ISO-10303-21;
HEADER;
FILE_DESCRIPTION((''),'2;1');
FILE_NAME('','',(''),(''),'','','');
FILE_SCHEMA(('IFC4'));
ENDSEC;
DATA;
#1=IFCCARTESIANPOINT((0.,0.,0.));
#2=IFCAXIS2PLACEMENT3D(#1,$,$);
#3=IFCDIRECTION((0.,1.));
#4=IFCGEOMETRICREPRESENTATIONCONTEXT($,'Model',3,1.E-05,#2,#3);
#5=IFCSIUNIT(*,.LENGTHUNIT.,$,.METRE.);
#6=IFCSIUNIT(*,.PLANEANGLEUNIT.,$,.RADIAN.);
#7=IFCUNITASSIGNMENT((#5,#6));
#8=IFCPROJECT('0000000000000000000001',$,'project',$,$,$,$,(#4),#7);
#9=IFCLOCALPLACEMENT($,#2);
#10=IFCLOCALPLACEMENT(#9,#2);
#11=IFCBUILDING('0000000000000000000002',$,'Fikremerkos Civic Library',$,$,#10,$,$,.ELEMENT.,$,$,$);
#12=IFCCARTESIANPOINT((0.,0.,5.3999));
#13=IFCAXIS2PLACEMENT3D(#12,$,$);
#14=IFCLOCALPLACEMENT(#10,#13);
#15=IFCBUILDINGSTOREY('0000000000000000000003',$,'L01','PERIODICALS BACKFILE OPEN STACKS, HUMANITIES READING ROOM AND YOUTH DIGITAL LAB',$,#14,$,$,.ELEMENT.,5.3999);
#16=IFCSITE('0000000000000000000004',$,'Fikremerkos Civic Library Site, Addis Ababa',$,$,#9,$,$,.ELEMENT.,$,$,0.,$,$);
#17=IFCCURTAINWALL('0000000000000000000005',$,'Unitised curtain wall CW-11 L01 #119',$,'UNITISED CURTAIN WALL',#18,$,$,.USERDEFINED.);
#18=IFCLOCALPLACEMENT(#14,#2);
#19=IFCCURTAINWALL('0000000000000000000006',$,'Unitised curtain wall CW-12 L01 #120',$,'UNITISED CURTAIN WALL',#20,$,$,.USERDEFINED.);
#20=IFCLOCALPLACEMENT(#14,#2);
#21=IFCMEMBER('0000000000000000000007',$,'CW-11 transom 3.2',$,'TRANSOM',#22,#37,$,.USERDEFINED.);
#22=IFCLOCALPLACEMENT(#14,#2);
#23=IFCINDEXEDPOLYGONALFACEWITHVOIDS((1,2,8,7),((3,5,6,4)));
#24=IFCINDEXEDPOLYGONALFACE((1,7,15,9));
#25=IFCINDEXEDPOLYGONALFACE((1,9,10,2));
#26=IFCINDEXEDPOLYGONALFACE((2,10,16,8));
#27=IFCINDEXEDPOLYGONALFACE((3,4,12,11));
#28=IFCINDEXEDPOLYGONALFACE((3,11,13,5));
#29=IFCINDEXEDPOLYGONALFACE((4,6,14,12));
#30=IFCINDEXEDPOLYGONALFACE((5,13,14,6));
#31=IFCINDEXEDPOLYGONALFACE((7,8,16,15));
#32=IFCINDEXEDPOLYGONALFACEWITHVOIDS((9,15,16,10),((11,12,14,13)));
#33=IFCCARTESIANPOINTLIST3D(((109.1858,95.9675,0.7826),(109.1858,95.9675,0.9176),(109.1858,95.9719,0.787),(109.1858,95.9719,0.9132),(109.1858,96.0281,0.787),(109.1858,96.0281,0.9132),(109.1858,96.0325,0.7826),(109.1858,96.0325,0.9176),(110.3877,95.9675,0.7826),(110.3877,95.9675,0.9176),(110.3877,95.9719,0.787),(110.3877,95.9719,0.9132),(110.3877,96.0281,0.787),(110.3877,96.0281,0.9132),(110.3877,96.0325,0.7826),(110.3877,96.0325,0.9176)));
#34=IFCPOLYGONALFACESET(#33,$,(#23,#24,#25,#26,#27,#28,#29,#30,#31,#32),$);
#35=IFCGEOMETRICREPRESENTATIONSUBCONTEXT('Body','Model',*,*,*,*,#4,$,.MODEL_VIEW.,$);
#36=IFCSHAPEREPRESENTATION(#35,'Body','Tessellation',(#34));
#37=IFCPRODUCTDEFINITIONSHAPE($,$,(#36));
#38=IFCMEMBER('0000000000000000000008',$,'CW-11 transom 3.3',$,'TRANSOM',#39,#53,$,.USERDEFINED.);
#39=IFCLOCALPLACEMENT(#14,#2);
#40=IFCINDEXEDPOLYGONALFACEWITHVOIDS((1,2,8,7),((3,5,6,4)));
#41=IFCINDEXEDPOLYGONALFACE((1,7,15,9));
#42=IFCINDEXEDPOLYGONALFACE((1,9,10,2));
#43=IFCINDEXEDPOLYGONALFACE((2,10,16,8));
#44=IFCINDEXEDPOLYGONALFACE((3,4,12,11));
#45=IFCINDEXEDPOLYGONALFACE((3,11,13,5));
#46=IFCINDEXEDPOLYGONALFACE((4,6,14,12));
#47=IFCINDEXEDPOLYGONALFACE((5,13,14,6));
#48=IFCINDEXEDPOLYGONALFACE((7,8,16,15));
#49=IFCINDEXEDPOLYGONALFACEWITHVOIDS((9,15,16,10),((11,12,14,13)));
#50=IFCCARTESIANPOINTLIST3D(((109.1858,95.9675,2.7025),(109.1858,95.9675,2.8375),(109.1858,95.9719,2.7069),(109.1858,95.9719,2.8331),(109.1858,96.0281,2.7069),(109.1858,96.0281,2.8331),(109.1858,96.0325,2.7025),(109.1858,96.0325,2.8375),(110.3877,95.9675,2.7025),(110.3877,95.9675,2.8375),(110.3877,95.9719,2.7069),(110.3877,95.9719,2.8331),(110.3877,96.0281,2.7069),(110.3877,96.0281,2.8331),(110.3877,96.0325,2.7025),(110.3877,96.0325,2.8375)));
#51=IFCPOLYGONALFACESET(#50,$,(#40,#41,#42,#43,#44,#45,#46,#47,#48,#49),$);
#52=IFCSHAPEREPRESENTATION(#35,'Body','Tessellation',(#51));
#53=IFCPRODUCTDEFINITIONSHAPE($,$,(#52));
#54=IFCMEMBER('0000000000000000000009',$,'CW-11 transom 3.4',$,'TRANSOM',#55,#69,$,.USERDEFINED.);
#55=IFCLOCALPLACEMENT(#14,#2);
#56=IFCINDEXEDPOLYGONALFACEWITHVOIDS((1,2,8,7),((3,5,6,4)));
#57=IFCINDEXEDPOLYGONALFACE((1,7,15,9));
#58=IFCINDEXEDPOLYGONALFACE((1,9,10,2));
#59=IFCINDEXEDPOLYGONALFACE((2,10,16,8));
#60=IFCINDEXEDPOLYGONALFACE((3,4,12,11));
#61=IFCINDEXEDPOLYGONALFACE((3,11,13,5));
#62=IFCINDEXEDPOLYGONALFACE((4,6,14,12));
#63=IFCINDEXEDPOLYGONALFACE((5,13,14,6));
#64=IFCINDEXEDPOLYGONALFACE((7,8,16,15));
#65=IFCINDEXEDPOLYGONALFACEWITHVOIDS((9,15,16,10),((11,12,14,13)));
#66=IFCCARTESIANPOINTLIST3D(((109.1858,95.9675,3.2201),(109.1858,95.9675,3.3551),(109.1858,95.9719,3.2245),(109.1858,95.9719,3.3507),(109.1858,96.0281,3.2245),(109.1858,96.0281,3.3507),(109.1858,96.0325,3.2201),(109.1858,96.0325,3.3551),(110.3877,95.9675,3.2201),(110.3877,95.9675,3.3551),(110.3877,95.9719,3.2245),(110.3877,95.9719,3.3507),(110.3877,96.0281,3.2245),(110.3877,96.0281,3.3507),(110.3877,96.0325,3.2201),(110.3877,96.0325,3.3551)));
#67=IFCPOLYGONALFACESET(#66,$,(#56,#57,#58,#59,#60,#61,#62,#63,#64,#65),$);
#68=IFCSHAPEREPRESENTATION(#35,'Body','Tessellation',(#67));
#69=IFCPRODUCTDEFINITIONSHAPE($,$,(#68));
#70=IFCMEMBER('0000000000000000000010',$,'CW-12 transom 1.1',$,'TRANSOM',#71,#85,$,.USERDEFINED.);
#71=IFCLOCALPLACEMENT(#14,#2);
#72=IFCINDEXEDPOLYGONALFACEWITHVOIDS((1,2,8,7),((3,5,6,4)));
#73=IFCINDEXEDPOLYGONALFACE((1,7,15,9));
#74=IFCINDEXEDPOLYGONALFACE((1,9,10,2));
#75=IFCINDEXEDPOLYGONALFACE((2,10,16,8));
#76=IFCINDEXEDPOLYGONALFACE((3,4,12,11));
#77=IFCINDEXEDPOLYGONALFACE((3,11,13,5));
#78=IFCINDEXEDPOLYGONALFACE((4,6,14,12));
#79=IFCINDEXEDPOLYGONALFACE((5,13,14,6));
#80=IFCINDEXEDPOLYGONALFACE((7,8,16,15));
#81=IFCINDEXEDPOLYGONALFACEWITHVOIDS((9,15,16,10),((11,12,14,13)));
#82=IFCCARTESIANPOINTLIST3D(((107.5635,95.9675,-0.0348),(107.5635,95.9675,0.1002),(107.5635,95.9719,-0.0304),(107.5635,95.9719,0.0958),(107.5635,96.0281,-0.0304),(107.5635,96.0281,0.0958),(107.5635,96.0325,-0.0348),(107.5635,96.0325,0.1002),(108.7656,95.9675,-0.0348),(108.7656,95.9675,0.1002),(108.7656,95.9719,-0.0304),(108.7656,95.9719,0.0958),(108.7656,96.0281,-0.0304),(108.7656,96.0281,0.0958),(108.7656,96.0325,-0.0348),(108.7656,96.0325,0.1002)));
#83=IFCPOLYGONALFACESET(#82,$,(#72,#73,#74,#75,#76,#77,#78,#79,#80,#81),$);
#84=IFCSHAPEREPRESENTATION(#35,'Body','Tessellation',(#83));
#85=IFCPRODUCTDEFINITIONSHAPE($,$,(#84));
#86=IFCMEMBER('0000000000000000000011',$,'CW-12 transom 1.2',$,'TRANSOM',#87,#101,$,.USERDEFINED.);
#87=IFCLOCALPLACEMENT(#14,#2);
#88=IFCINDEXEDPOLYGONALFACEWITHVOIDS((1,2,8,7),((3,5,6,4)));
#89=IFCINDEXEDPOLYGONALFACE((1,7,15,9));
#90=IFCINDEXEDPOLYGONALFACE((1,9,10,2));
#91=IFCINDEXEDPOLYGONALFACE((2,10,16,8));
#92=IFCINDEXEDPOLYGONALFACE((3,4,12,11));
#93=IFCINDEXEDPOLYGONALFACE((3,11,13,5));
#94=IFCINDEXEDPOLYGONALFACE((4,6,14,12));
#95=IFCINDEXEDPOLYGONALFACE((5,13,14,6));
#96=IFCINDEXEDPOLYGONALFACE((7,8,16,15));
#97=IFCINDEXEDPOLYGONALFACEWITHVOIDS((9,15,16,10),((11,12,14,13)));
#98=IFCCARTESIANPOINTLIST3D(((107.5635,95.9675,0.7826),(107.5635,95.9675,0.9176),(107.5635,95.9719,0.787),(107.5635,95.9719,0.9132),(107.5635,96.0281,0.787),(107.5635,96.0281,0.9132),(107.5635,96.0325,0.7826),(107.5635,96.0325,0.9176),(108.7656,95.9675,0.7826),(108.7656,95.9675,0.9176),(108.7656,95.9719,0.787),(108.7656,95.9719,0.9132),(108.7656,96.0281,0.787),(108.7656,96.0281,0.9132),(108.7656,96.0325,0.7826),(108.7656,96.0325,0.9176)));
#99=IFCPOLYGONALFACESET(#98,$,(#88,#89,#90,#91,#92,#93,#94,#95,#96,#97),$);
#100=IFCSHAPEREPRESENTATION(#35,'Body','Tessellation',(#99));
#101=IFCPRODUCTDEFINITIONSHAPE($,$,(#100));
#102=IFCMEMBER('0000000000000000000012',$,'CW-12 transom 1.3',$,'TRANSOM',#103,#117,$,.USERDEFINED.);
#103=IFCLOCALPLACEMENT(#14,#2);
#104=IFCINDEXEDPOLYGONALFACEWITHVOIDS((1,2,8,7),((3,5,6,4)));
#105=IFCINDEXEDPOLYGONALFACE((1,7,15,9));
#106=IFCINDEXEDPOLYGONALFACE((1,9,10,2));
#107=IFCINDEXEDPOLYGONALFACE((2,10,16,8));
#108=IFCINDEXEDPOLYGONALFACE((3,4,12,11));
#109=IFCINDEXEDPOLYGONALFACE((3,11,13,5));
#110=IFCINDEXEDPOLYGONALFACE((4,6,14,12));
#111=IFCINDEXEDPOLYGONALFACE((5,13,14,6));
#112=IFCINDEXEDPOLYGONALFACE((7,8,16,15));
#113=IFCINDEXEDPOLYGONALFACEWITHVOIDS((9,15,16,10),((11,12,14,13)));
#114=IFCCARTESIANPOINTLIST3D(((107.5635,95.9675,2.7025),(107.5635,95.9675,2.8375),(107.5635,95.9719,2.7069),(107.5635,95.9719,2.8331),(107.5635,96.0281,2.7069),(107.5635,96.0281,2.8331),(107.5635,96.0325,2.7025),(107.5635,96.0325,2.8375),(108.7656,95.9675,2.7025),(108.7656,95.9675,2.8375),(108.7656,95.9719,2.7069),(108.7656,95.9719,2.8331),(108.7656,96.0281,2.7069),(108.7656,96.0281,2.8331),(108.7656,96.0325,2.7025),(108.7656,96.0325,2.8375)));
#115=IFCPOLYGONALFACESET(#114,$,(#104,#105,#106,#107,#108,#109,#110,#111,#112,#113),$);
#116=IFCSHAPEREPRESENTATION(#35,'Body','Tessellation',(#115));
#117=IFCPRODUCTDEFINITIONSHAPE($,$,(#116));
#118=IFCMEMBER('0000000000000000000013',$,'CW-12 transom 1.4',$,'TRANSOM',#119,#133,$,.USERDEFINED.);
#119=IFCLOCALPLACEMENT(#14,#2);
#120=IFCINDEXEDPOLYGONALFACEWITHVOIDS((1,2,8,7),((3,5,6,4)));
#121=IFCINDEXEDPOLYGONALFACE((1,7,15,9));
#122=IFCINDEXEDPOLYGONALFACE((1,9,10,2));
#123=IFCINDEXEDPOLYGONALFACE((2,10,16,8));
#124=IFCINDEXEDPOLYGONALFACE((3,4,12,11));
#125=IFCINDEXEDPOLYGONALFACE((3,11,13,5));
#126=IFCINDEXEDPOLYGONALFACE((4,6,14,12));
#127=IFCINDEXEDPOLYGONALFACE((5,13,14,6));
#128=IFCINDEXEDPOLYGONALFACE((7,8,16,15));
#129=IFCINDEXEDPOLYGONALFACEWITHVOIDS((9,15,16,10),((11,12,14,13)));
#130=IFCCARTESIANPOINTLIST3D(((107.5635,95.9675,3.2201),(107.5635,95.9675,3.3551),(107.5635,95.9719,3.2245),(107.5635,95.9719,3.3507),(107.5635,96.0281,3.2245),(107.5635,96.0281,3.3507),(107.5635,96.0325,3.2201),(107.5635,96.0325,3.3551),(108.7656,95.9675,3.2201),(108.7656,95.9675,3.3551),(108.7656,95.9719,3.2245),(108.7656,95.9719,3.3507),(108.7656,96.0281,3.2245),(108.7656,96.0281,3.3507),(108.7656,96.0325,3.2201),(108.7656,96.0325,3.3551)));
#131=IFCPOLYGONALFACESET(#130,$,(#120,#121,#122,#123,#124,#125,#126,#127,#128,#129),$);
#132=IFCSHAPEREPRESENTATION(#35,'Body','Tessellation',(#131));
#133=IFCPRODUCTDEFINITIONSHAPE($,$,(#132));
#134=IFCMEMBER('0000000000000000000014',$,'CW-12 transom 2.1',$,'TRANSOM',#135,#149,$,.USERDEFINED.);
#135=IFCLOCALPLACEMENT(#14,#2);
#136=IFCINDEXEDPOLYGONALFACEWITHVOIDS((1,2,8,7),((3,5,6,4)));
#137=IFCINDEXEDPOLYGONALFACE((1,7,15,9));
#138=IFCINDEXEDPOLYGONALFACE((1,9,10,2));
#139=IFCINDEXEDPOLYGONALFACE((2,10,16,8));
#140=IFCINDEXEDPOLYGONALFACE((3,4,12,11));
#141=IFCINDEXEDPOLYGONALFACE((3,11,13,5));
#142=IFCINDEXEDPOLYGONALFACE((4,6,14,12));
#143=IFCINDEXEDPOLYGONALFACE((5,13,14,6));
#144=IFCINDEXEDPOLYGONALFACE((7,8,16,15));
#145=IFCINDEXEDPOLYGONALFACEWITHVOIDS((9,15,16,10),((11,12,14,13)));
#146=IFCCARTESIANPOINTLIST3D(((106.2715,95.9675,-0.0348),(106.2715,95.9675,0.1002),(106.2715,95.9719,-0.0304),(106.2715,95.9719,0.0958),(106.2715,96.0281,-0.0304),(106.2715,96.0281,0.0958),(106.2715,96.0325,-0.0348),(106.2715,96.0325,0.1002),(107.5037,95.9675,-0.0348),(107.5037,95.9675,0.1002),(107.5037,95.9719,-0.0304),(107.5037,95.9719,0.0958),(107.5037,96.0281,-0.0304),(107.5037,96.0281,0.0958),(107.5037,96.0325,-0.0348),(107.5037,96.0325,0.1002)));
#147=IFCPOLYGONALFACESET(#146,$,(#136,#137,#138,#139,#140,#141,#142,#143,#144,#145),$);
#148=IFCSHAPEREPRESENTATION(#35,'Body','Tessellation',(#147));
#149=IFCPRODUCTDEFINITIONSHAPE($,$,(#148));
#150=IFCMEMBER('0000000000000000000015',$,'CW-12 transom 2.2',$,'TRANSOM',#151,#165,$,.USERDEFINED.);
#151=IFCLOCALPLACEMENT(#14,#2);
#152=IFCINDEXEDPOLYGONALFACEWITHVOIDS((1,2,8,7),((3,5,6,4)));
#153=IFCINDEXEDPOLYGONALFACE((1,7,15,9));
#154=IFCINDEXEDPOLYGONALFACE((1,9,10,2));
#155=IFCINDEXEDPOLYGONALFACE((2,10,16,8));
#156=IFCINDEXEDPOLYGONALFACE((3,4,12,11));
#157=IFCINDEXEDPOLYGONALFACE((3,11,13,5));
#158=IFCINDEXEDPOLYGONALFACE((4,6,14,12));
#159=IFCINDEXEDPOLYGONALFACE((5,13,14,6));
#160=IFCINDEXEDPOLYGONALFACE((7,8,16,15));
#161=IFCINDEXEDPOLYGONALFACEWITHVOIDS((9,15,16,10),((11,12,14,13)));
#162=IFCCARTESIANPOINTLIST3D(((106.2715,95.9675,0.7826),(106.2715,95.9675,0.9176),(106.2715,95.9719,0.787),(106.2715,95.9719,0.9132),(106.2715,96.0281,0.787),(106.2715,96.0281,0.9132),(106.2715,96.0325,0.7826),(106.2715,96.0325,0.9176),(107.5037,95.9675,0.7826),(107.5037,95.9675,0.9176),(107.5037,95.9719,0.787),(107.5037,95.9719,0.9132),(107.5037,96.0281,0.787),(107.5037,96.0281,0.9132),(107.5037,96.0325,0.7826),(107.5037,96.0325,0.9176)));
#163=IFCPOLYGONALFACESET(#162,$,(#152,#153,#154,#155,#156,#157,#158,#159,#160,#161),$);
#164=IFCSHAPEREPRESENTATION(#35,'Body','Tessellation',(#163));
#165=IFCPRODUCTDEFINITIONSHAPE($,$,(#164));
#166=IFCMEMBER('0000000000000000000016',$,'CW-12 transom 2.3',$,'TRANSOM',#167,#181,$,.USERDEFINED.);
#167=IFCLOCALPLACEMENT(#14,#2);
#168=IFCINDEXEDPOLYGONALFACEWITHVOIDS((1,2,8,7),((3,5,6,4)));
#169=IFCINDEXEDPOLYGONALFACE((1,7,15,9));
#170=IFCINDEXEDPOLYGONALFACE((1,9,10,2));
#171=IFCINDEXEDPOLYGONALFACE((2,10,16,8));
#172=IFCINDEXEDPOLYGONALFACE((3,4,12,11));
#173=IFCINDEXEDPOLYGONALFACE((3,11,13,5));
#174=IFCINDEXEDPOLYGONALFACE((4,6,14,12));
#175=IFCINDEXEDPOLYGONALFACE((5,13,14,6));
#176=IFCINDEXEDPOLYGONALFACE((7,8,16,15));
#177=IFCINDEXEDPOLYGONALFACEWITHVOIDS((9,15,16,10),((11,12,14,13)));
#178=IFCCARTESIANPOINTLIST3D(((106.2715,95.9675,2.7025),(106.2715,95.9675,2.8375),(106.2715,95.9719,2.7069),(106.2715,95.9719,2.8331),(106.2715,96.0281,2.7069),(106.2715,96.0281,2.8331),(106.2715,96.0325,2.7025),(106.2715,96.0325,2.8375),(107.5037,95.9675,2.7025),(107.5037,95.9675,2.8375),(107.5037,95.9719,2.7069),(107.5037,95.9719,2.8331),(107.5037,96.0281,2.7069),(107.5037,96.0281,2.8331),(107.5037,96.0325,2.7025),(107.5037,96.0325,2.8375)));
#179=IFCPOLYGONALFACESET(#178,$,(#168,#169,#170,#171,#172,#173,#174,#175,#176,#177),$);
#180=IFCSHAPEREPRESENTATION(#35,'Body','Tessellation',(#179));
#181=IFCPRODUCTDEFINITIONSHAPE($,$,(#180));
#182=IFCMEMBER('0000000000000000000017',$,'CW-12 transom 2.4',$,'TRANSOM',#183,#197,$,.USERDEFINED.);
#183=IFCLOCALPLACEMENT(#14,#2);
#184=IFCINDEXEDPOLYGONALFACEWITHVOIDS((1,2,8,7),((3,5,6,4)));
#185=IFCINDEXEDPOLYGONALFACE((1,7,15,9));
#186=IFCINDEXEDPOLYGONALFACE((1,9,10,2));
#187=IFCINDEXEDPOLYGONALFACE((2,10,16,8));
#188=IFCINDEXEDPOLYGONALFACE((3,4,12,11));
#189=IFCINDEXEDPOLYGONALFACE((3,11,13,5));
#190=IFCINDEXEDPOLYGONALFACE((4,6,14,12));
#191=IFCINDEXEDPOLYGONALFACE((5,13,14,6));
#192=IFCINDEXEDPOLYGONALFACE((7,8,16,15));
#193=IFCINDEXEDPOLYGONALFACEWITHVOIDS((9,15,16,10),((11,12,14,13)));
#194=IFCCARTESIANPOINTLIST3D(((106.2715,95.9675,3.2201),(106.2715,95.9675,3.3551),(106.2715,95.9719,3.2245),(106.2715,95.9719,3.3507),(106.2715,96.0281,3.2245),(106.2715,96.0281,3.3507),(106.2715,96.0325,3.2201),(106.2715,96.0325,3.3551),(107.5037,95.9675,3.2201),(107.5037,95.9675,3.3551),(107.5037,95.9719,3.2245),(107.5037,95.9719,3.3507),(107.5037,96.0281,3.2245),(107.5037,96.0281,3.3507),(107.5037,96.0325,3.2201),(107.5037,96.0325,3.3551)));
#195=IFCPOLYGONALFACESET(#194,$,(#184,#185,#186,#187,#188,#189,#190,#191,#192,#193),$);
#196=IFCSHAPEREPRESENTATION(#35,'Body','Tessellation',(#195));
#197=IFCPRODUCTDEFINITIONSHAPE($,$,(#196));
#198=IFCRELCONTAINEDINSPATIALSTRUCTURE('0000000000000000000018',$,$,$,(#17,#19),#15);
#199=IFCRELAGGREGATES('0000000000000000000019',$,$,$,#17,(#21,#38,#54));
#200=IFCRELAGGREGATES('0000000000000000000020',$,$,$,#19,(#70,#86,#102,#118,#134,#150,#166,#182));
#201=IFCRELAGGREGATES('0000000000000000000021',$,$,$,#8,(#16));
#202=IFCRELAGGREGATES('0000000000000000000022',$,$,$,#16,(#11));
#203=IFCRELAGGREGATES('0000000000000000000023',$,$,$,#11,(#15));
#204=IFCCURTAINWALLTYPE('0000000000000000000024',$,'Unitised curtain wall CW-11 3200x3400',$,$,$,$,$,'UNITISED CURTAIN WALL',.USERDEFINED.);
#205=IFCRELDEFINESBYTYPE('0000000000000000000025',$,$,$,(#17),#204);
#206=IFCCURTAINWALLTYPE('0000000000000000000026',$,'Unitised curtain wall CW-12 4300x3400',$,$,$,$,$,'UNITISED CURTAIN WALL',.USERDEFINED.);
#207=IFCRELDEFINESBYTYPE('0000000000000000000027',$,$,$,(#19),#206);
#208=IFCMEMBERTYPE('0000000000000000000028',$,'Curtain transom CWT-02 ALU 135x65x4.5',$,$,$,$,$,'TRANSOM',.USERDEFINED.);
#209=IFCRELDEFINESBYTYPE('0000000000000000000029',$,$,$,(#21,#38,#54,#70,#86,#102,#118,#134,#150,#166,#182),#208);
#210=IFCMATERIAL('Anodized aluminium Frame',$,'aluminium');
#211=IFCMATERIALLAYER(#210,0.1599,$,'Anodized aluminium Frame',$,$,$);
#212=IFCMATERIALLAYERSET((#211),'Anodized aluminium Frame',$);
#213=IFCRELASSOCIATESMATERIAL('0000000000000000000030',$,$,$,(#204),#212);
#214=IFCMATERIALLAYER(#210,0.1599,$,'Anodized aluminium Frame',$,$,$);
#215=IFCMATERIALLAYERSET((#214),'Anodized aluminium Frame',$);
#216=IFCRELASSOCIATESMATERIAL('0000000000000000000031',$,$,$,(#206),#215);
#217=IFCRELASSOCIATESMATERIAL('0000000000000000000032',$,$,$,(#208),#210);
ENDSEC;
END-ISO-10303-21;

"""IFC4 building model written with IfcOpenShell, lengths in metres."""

from ifc_helpers import new_model, si_unit, direction, frame, origin, origin_2d, place, context, subcontext, project, spatial, hollow_rectangle, extrude, material, layer, layer_set, material_profile, profile_set, type_object, element, aggregate, save


model = new_model("IFC4")

# Units and contexts
model_context = context("Model", 3, precision=1e-05, world=origin(), true_north=direction((0.0, 1.0)))
body_context = subcontext(model_context, "Body", "Model", "MODEL_VIEW")
ifc_project = project(units=[si_unit("LENGTHUNIT", "METRE"), si_unit("PLANEANGLEUNIT", "RADIAN")], contexts=[model_context])

# Site, building, storey
site_placement = place(None, origin())
site = spatial("IfcSite", under=ifc_project, at=site_placement, Name="Fikremerkos Civic Library Site, Addis Ababa", CompositionType="ELEMENT", RefElevation=0.0)
building_placement = place(site_placement, origin())
building = spatial("IfcBuilding", under=site, at=building_placement, Name="Fikremerkos Civic Library", CompositionType="ELEMENT")
storey_placement = place(building_placement, frame((0.0, 0.0, 5.3999)))
storey = spatial("IfcBuildingStorey", under=building, at=storey_placement, Name="L01", Description="PERIODICALS BACKFILE OPEN STACKS, HUMANITIES READING ROOM AND YOUTH DIGITAL LAB", CompositionType="ELEMENT", Elevation=5.3999)

# Curtain walls
ifc_material_1 = material(Name="Anodized aluminium Frame", Category="aluminium")
ifc_layer_1 = layer(ifc_material_1, 0.1599, Name="Anodized aluminium Frame")
ifc_layer_set_1 = layer_set([ifc_layer_1], Name="Anodized aluminium Frame")
curtain_wall_type_1 = type_object("IfcCurtainWallType", Name="Unitised curtain wall CW-11 3200x3400", ElementType="UNITISED CURTAIN WALL", PredefinedType="USERDEFINED", material=ifc_layer_set_1)
curtain_wall_1_placement = place(storey_placement, origin())
curtain_wall_1 = element("IfcCurtainWall", 1, at=curtain_wall_1_placement, inside=storey, type_object=curtain_wall_type_1, Name="Unitised curtain wall CW-11 L01 #119", ObjectType="UNITISED CURTAIN WALL", PredefinedType="USERDEFINED")
ifc_layer_2 = layer(ifc_material_1, 0.1599, Name="Anodized aluminium Frame")
ifc_layer_set_2 = layer_set([ifc_layer_2], Name="Anodized aluminium Frame")
curtain_wall_type_2 = type_object("IfcCurtainWallType", Name="Unitised curtain wall CW-12 4300x3400", ElementType="UNITISED CURTAIN WALL", PredefinedType="USERDEFINED", material=ifc_layer_set_2)
curtain_wall_2_placement = place(storey_placement, origin())
curtain_wall_2 = element("IfcCurtainWall", 2, at=curtain_wall_2_placement, inside=storey, type_object=curtain_wall_type_2, Name="Unitised curtain wall CW-12 L01 #120", ObjectType="UNITISED CURTAIN WALL", PredefinedType="USERDEFINED")

# Members
ifc_material_profile_1 = material_profile(ifc_material_1, hollow_rectangle(XDim=0.0649, YDim=0.135, WallThickness=0.0044, at=origin_2d()), Name="ALU 135x65x4.5")
ifc_profile_set_1 = profile_set([ifc_material_profile_1], Name="Anodized aluminium Frame")
member_type_1 = type_object("IfcMemberType", Name="Curtain transom CWT-02 ALU 135x65x4.5", ElementType="TRANSOM", PredefinedType="USERDEFINED", material=ifc_profile_set_1)
member_1_placement = place(storey_placement, frame((110.3877, 96.0, 0.8501), z_axis=(-1.0, 0.0, 0.0), x_axis=(0.0, -1.0, 0.0)))
member_1 = element("IfcMember", 3, at=member_1_placement, type_object=member_type_1, Name="CW-11 transom 3.2", ObjectType="TRANSOM", PredefinedType="USERDEFINED", context=body_context, shape_type="SweptSolid", body=[
    extrude(hollow_rectangle(XDim=0.0649, YDim=0.135, WallThickness=0.0044, at=origin_2d()), origin(), (0.0, 0.0, 1.0), 1.2019),
])
member_2_placement = place(storey_placement, frame((110.3877, 96.0, 2.77), z_axis=(-1.0, 0.0, 0.0), x_axis=(0.0, -1.0, 0.0)))
member_2 = element("IfcMember", 4, at=member_2_placement, type_object=member_type_1, Name="CW-11 transom 3.3", ObjectType="TRANSOM", PredefinedType="USERDEFINED", context=body_context, shape_type="SweptSolid", body=[
    extrude(hollow_rectangle(XDim=0.0649, YDim=0.135, WallThickness=0.0044, at=origin_2d()), origin(), (0.0, 0.0, 1.0), 1.2019),
])
member_3_placement = place(storey_placement, frame((110.3877, 96.0, 3.2876), z_axis=(-1.0, 0.0, 0.0), x_axis=(0.0, -1.0, 0.0)))
member_3 = element("IfcMember", 5, at=member_3_placement, type_object=member_type_1, Name="CW-11 transom 3.4", ObjectType="TRANSOM", PredefinedType="USERDEFINED", context=body_context, shape_type="SweptSolid", body=[
    extrude(hollow_rectangle(XDim=0.0649, YDim=0.135, WallThickness=0.0044, at=origin_2d()), origin(), (0.0, 0.0, 1.0), 1.2019),
])
member_4_placement = place(storey_placement, frame((108.7656, 96.0, 0.0327), z_axis=(-1.0, 0.0, 0.0), x_axis=(0.0, -1.0, 0.0)))
member_4 = element("IfcMember", 6, at=member_4_placement, type_object=member_type_1, Name="CW-12 transom 1.1", ObjectType="TRANSOM", PredefinedType="USERDEFINED", context=body_context, shape_type="SweptSolid", body=[
    extrude(hollow_rectangle(XDim=0.0649, YDim=0.135, WallThickness=0.0044, at=origin_2d()), origin(), (0.0, 0.0, 1.0), 1.2021),
])
member_5_placement = place(storey_placement, frame((108.7656, 96.0, 0.8501), z_axis=(-1.0, 0.0, 0.0), x_axis=(0.0, -1.0, 0.0)))
member_5 = element("IfcMember", 7, at=member_5_placement, type_object=member_type_1, Name="CW-12 transom 1.2", ObjectType="TRANSOM", PredefinedType="USERDEFINED", context=body_context, shape_type="SweptSolid", body=[
    extrude(hollow_rectangle(XDim=0.0649, YDim=0.135, WallThickness=0.0044, at=origin_2d()), origin(), (0.0, 0.0, 1.0), 1.2021),
])
member_6_placement = place(storey_placement, frame((108.7656, 96.0, 2.77), z_axis=(-1.0, 0.0, 0.0), x_axis=(0.0, -1.0, 0.0)))
member_6 = element("IfcMember", 8, at=member_6_placement, type_object=member_type_1, Name="CW-12 transom 1.3", ObjectType="TRANSOM", PredefinedType="USERDEFINED", context=body_context, shape_type="SweptSolid", body=[
    extrude(hollow_rectangle(XDim=0.0649, YDim=0.135, WallThickness=0.0044, at=origin_2d()), origin(), (0.0, 0.0, 1.0), 1.2021),
])
member_7_placement = place(storey_placement, frame((108.7656, 96.0, 3.2876), z_axis=(-1.0, 0.0, 0.0), x_axis=(0.0, -1.0, 0.0)))
member_7 = element("IfcMember", 9, at=member_7_placement, type_object=member_type_1, Name="CW-12 transom 1.4", ObjectType="TRANSOM", PredefinedType="USERDEFINED", context=body_context, shape_type="SweptSolid", body=[
    extrude(hollow_rectangle(XDim=0.0649, YDim=0.135, WallThickness=0.0044, at=origin_2d()), origin(), (0.0, 0.0, 1.0), 1.2021),
])
member_8_placement = place(storey_placement, frame((107.5037, 96.0, 0.0327), z_axis=(-1.0, 0.0, 0.0), x_axis=(0.0, -1.0, 0.0)))
member_8 = element("IfcMember", 10, at=member_8_placement, type_object=member_type_1, Name="CW-12 transom 2.1", ObjectType="TRANSOM", PredefinedType="USERDEFINED", context=body_context, shape_type="SweptSolid", body=[
    extrude(hollow_rectangle(XDim=0.0649, YDim=0.135, WallThickness=0.0044, at=origin_2d()), origin(), (0.0, 0.0, 1.0), 1.2322),
])
member_9_placement = place(storey_placement, frame((107.5037, 96.0, 0.8501), z_axis=(-1.0, 0.0, 0.0), x_axis=(0.0, -1.0, 0.0)))
member_9 = element("IfcMember", 11, at=member_9_placement, type_object=member_type_1, Name="CW-12 transom 2.2", ObjectType="TRANSOM", PredefinedType="USERDEFINED", context=body_context, shape_type="SweptSolid", body=[
    extrude(hollow_rectangle(XDim=0.0649, YDim=0.135, WallThickness=0.0044, at=origin_2d()), origin(), (0.0, 0.0, 1.0), 1.2322),
])
member_10_placement = place(storey_placement, frame((107.5037, 96.0, 2.77), z_axis=(-1.0, 0.0, 0.0), x_axis=(0.0, -1.0, 0.0)))
member_10 = element("IfcMember", 12, at=member_10_placement, type_object=member_type_1, Name="CW-12 transom 2.3", ObjectType="TRANSOM", PredefinedType="USERDEFINED", context=body_context, shape_type="SweptSolid", body=[
    extrude(hollow_rectangle(XDim=0.0649, YDim=0.135, WallThickness=0.0044, at=origin_2d()), origin(), (0.0, 0.0, 1.0), 1.2322),
])
member_11_placement = place(storey_placement, frame((107.5037, 96.0, 3.2876), z_axis=(-1.0, 0.0, 0.0), x_axis=(0.0, -1.0, 0.0)))
member_11 = element("IfcMember", 13, at=member_11_placement, type_object=member_type_1, Name="CW-12 transom 2.4", ObjectType="TRANSOM", PredefinedType="USERDEFINED", context=body_context, shape_type="SweptSolid", body=[
    extrude(hollow_rectangle(XDim=0.0649, YDim=0.135, WallThickness=0.0044, at=origin_2d()), origin(), (0.0, 0.0, 1.0), 1.2322),
])

aggregate(curtain_wall_1, [member_1, member_2, member_3])
aggregate(curtain_wall_2, [member_4, member_5, member_6, member_7, member_8, member_9, member_10, member_11])

save(model, "model.ifc")
